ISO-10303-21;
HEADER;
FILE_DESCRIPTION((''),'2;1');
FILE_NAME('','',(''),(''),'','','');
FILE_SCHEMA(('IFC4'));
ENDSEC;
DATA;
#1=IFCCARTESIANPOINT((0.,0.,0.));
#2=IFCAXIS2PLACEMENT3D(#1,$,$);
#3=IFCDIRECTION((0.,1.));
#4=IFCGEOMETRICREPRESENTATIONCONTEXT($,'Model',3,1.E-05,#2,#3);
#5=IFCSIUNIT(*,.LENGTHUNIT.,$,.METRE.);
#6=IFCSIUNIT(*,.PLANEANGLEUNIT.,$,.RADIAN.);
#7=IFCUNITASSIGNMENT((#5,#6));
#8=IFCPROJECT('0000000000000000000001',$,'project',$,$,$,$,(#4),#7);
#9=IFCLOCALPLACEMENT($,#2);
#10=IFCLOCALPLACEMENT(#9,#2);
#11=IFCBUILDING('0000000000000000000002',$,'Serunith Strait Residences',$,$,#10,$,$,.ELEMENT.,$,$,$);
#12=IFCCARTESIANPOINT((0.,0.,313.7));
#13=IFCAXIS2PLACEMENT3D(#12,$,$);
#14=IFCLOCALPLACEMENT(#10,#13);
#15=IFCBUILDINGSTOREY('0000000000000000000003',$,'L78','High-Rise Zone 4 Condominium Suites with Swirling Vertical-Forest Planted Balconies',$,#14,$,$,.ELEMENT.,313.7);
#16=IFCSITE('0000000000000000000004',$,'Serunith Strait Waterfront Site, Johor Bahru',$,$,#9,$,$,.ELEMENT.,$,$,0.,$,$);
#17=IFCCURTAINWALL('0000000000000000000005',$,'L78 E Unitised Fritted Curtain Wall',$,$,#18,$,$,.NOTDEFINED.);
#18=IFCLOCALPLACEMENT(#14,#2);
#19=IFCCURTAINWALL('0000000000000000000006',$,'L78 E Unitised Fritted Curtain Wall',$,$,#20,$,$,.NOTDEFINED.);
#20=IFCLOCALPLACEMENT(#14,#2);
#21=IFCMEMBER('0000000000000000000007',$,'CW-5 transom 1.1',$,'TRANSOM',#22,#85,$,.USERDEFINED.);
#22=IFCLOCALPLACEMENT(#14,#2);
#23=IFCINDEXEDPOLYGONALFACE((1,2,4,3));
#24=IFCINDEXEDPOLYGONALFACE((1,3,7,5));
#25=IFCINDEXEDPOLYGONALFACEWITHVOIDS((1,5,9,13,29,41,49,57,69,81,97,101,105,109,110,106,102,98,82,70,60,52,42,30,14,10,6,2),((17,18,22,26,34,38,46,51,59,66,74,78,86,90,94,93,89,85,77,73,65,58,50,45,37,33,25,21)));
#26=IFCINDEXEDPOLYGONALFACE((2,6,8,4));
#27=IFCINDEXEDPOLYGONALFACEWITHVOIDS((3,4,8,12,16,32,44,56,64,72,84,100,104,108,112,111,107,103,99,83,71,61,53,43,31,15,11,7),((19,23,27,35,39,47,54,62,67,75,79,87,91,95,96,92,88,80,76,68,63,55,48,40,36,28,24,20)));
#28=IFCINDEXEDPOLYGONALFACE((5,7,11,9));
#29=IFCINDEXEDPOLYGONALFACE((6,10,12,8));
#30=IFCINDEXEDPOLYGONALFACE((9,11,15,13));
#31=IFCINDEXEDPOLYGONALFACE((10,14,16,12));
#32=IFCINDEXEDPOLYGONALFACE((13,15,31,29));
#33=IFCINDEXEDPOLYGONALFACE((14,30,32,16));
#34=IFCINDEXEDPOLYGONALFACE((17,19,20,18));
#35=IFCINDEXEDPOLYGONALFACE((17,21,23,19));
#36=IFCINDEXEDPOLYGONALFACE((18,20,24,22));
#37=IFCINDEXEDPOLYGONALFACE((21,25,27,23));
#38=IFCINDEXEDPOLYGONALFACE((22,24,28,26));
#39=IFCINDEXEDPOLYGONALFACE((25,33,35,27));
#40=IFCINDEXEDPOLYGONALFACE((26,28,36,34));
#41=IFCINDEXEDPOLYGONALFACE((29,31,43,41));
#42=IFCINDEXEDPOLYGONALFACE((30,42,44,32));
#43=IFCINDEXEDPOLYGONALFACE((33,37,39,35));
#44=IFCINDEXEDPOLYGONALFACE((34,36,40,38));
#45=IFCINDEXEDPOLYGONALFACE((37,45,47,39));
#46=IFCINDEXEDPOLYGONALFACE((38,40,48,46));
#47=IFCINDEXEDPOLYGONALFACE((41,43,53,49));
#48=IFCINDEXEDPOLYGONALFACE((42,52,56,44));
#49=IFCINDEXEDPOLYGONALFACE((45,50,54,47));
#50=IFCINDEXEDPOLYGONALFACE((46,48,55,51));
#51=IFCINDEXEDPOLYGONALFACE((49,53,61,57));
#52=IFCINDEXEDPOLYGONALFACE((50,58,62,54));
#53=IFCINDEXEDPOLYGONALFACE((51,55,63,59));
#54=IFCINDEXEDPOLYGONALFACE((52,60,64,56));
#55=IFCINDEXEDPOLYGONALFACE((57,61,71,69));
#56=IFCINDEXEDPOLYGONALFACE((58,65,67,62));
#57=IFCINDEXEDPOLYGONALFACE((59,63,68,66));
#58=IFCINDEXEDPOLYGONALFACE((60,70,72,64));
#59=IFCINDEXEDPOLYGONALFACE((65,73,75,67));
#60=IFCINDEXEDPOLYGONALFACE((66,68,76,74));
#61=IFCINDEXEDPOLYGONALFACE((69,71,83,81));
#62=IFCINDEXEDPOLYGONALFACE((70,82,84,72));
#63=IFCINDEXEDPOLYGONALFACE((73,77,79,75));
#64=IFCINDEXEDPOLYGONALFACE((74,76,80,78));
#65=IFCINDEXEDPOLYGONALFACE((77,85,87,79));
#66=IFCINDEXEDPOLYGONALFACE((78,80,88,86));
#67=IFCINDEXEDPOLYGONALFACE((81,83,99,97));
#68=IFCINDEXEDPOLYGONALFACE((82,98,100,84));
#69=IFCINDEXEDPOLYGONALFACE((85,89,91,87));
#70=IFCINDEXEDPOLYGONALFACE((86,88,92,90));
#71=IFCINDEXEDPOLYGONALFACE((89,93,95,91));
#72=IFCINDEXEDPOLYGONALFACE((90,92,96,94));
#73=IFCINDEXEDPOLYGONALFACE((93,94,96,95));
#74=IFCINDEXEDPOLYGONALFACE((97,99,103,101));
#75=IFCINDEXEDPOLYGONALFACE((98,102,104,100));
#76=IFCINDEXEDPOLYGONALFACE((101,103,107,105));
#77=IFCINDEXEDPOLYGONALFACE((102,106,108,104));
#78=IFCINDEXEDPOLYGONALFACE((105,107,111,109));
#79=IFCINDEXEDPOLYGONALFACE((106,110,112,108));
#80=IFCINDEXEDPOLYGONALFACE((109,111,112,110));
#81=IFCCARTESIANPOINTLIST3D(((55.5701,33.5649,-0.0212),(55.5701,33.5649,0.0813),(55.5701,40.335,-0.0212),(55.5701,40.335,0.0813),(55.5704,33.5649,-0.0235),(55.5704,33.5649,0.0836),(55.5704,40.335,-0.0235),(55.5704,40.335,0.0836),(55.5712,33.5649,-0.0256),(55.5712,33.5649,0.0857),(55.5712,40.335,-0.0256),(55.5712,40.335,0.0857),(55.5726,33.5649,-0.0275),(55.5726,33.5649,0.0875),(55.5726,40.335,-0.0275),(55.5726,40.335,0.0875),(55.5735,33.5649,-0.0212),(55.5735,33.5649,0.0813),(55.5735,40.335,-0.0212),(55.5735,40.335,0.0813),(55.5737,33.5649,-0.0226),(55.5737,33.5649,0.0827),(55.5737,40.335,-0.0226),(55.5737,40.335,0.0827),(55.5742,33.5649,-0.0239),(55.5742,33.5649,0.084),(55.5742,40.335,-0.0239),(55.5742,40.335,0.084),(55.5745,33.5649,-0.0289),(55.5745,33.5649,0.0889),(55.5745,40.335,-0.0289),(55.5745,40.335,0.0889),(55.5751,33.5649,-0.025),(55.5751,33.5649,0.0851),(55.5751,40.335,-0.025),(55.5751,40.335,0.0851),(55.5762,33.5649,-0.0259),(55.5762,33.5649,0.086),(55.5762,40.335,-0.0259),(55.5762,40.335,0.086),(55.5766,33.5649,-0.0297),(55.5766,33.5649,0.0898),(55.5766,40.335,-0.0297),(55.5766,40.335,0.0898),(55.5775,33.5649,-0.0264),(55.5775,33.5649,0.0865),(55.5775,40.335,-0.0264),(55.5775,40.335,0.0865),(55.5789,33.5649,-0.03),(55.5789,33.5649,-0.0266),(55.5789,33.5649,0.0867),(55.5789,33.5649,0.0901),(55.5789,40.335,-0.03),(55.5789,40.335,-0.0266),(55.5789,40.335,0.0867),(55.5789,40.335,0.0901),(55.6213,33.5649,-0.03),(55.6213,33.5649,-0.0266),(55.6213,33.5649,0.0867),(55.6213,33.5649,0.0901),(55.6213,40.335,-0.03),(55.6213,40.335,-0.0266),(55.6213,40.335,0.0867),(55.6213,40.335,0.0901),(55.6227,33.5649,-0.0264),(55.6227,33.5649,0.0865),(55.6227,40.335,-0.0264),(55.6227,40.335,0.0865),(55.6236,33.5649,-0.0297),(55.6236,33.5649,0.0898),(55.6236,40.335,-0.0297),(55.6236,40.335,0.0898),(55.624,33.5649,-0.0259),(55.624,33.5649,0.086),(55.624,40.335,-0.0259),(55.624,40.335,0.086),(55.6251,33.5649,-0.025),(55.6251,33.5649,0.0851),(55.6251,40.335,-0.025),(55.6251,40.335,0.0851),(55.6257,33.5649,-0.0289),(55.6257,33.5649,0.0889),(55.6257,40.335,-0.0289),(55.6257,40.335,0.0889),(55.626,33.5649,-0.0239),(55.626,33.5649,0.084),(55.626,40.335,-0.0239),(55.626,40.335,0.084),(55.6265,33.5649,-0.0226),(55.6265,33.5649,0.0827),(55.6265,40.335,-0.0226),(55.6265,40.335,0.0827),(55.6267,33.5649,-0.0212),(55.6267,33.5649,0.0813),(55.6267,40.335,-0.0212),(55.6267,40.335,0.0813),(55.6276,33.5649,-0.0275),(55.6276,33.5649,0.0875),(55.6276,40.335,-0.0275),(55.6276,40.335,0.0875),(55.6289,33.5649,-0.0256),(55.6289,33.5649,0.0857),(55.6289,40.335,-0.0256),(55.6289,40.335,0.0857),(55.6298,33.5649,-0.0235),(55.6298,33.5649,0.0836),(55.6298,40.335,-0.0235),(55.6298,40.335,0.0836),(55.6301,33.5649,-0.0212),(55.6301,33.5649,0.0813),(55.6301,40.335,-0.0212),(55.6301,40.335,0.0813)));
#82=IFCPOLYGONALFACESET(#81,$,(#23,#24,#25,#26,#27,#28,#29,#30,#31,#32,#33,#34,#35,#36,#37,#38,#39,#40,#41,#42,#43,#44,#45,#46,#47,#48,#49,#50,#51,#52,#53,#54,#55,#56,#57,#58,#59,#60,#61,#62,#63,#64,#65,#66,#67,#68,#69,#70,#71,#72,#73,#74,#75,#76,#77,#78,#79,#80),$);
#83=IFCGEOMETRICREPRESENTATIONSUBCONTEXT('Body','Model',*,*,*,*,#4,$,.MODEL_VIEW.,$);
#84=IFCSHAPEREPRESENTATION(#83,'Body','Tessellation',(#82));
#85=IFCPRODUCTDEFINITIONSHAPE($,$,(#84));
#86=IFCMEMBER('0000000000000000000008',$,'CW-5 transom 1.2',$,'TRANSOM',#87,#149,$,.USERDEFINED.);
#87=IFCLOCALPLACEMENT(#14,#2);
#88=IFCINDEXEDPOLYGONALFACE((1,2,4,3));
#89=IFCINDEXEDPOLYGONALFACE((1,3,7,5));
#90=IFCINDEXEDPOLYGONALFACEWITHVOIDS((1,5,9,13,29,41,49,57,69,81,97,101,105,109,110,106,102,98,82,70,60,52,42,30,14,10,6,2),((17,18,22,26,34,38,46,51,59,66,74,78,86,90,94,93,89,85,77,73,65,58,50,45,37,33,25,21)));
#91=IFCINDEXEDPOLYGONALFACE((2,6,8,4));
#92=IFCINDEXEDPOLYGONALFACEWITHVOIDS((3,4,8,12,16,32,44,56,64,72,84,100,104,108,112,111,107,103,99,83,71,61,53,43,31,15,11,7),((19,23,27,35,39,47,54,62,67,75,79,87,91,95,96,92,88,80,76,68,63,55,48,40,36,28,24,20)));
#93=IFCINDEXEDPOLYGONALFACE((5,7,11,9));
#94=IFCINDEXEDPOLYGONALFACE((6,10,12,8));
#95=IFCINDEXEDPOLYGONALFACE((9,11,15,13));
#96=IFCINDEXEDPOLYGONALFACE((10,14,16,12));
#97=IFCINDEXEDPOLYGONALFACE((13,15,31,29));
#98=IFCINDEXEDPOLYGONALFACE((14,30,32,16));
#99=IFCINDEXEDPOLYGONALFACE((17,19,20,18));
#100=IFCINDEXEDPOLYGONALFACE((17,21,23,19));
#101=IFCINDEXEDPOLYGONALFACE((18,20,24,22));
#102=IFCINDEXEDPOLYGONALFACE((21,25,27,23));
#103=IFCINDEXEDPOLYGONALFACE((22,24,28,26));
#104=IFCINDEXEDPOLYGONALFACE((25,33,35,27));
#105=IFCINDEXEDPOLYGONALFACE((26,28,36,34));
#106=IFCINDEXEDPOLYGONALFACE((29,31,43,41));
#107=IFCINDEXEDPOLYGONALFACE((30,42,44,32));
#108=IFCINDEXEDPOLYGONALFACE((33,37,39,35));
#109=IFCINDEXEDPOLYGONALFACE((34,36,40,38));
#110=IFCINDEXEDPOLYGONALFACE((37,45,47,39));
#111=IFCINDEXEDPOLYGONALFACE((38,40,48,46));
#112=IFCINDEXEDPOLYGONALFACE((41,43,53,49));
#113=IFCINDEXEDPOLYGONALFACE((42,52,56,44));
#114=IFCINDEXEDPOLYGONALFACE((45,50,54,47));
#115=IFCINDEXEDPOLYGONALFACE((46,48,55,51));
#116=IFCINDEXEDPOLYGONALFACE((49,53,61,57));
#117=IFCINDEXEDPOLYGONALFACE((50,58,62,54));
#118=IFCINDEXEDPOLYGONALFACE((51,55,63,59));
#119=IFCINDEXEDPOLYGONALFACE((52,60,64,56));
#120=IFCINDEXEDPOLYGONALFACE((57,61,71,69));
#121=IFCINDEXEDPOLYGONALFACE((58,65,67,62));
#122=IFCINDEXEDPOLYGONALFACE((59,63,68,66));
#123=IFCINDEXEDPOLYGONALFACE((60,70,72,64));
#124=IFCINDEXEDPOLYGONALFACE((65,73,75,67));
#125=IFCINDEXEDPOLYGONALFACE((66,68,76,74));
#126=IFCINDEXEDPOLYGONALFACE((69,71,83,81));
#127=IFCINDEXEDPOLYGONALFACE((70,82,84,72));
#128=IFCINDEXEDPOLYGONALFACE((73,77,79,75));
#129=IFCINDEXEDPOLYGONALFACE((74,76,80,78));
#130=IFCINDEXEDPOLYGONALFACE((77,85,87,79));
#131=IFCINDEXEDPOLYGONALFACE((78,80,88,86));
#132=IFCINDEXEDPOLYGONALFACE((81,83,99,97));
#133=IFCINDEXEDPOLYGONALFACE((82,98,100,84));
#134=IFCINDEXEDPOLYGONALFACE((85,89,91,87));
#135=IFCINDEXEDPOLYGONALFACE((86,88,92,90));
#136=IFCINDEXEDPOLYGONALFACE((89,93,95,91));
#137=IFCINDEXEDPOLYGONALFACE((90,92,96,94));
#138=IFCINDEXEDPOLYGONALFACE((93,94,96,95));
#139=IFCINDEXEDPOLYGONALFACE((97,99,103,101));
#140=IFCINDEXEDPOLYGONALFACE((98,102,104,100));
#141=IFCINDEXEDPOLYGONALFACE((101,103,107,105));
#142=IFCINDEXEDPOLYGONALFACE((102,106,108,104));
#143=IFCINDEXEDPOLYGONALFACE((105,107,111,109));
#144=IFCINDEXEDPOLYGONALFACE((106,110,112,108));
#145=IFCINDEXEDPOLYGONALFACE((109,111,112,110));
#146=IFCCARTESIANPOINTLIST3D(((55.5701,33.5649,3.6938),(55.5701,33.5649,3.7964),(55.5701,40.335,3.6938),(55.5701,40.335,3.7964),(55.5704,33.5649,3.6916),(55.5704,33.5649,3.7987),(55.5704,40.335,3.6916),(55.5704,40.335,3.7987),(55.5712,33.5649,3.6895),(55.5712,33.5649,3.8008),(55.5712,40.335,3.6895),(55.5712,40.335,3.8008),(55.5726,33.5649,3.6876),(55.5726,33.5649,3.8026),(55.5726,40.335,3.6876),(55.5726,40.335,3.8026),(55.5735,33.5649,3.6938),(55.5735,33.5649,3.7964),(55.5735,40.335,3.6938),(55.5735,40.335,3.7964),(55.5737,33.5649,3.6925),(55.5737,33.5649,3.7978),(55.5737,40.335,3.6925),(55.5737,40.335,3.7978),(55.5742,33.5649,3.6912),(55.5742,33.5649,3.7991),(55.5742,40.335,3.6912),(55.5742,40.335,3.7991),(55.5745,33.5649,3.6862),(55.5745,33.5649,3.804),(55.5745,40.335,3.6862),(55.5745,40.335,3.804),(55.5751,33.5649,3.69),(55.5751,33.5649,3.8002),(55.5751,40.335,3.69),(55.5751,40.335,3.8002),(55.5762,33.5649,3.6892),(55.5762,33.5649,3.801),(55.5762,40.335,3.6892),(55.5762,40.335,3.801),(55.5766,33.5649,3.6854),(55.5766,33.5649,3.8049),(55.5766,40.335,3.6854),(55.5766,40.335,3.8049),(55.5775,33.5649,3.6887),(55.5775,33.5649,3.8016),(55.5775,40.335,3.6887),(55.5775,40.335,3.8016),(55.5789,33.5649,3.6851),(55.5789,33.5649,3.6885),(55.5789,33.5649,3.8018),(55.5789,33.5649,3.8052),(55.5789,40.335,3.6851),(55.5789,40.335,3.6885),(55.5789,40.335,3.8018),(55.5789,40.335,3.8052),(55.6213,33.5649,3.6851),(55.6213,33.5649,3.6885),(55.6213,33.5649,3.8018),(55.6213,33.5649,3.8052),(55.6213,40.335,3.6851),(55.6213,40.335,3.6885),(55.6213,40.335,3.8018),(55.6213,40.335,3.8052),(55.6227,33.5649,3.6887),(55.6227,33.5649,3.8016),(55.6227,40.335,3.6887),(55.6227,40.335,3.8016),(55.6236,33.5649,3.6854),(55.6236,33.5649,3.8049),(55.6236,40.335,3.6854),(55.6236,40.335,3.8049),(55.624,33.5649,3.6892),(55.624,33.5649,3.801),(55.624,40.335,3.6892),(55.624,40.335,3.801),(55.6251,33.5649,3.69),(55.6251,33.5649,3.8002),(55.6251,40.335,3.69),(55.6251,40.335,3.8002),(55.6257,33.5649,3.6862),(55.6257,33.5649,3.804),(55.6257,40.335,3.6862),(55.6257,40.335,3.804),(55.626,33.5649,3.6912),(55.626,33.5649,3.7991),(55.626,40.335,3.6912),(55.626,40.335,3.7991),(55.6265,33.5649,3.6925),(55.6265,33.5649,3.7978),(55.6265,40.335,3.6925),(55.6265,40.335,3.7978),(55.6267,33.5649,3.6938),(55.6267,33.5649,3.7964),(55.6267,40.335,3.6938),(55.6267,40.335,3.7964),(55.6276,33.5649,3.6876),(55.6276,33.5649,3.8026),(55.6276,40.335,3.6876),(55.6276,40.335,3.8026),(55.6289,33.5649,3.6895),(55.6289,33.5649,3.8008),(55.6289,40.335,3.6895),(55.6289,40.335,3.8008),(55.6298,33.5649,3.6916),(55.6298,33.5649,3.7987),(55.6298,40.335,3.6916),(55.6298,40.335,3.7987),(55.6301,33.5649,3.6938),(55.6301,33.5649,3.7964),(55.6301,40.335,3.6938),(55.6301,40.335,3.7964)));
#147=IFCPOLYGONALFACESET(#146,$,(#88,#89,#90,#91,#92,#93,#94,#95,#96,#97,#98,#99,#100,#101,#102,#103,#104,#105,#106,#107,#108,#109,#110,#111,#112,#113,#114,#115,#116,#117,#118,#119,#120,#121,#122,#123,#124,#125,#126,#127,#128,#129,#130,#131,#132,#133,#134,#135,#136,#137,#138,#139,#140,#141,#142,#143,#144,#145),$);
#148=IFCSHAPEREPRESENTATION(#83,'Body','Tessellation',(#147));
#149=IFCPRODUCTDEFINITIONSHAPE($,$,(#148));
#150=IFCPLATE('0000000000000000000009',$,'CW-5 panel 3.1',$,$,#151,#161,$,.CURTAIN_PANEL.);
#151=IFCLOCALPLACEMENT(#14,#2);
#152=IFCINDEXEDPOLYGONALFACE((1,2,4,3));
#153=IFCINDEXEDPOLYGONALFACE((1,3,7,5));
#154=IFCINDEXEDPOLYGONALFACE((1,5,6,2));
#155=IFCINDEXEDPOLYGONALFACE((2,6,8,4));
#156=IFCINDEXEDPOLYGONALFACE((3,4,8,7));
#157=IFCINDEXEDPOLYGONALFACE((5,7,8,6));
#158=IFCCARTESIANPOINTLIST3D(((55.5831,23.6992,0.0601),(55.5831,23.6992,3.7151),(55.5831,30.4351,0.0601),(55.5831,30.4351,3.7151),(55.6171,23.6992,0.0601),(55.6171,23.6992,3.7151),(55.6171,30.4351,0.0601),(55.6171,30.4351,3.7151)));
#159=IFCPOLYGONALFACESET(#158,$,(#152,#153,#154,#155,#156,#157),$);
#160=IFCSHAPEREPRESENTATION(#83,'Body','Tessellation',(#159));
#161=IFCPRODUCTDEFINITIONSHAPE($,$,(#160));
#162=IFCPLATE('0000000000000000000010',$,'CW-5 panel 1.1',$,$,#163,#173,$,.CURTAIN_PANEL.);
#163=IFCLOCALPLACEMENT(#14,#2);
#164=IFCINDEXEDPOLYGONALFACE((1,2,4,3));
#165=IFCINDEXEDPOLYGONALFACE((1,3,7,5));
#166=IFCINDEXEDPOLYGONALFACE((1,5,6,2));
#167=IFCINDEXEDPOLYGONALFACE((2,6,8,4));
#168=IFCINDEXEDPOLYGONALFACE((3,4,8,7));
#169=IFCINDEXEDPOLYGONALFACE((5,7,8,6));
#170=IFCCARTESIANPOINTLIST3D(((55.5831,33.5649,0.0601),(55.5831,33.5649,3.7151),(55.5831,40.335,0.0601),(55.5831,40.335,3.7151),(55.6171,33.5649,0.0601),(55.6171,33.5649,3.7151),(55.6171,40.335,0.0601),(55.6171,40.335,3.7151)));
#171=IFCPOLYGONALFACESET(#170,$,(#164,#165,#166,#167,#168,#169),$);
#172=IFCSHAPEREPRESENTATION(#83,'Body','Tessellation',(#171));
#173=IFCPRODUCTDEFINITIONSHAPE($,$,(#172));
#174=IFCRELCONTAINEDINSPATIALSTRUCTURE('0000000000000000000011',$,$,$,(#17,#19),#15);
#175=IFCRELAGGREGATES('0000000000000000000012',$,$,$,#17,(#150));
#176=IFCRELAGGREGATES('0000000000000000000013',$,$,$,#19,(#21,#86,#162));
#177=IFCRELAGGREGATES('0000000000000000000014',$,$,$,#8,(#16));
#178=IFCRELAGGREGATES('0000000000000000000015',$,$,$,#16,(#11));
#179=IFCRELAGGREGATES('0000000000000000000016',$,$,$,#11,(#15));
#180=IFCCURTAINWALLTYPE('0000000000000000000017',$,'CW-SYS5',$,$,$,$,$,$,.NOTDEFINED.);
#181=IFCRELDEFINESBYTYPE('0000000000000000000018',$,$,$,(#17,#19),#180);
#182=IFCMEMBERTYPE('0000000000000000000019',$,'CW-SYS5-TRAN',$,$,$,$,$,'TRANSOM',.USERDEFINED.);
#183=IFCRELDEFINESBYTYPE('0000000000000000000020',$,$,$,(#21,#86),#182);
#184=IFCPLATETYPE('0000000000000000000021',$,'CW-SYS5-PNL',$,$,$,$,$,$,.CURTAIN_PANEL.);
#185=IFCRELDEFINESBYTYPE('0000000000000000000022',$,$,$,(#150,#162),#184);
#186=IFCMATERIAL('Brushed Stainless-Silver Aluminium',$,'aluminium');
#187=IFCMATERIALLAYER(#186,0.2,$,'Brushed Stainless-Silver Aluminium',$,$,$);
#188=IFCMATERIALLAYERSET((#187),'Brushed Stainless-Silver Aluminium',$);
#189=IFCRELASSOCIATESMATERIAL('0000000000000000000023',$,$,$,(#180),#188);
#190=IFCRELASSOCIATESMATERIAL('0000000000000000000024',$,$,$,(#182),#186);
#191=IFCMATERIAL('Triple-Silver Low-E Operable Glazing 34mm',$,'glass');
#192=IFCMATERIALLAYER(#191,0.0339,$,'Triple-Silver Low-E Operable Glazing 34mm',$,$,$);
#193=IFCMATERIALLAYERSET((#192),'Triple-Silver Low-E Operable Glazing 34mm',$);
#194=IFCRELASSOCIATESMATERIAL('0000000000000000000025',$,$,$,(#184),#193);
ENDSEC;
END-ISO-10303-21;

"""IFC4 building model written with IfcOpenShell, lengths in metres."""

from ifc_helpers import new_model, si_unit, direction, frame, origin, origin_2d, place, context, subcontext, project, spatial, rectangle, hollow_rectangle, extrude, source, transform, mapped, material, layer, layer_set, material_profile, profile_set, type_object, element, aggregate, save


model = new_model("IFC4")

# Units and contexts
model_context = context("Model", 3, precision=1e-05, world=origin(), true_north=direction((0.0, 1.0)))
body_context = subcontext(model_context, "Body", "Model", "MODEL_VIEW")
ifc_project = project(units=[si_unit("LENGTHUNIT", "METRE"), si_unit("PLANEANGLEUNIT", "RADIAN")], contexts=[model_context])

# Site, building, storey
site_placement = place(None, origin())
site = spatial("IfcSite", under=ifc_project, at=site_placement, Name="Serunith Strait Waterfront Site, Johor Bahru", CompositionType="ELEMENT", RefElevation=0.0)
building_placement = place(site_placement, origin())
building = spatial("IfcBuilding", under=site, at=building_placement, Name="Serunith Strait Residences", CompositionType="ELEMENT")
storey_placement = place(building_placement, frame((0.0, 0.0, 313.7)))
storey = spatial("IfcBuildingStorey", under=building, at=storey_placement, Name="L78", Description="High-Rise Zone 4 Condominium Suites with Swirling Vertical-Forest Planted Balconies", CompositionType="ELEMENT", Elevation=313.7)

# Curtain wall
ifc_material_1 = material(Name="Brushed Stainless-Silver Aluminium", Category="aluminium")
ifc_layer_1 = layer(ifc_material_1, 0.2, Name="Brushed Stainless-Silver Aluminium")
ifc_layer_set_1 = layer_set([ifc_layer_1], Name="Brushed Stainless-Silver Aluminium")
curtain_wall_type = type_object("IfcCurtainWallType", Name="CW-SYS5", PredefinedType="NOTDEFINED", material=ifc_layer_set_1)
curtain_wall_1_placement = place(storey_placement, origin())
curtain_wall_1 = element("IfcCurtainWall", 1, at=curtain_wall_1_placement, inside=storey, type_object=curtain_wall_type, Name="L78 E Unitised Fritted Curtain Wall", PredefinedType="NOTDEFINED")

# Curtain wall, members
curtain_wall_2_placement = place(storey_placement, origin())
curtain_wall_2 = element("IfcCurtainWall", 2, at=curtain_wall_2_placement, inside=storey, type_object=curtain_wall_type, Name="L78 E Unitised Fritted Curtain Wall", PredefinedType="NOTDEFINED")
ifc_material_profile_1 = material_profile(ifc_material_1, hollow_rectangle(XDim=0.0601, YDim=0.1201, WallThickness=0.0034, InnerFilletRadius=0.0054, OuterFilletRadius=0.0088, at=origin_2d()), Name="ALU 120x60x3.5")
ifc_profile_set_1 = profile_set([ifc_material_profile_1], Name="Brushed Stainless-Silver Aluminium")
member_type_1 = type_object("IfcMemberType", Name="CW-SYS5-TRAN", ElementType="TRANSOM", PredefinedType="USERDEFINED", material=ifc_profile_set_1)
shared_shape_1 = source(origin(), body_context, "Body", "SweptSolid", [
    extrude(hollow_rectangle(XDim=0.0601, YDim=0.1201, WallThickness=0.0034, InnerFilletRadius=0.0054, OuterFilletRadius=0.0088, at=origin_2d()), origin(), (0.0, 0.0, 1.0), 6.77),
])
member_1_placement = place(storey_placement, frame((55.6001, 33.5649, 0.03), z_axis=(0.0, 1.0, 0.0), x_axis=(-1.0, 0.0, 0.0)))
member_1 = element("IfcMember", 3, at=member_1_placement, type_object=member_type_1, Name="CW-5 transom 1.1", ObjectType="TRANSOM", PredefinedType="USERDEFINED", context=body_context, shape_type="MappedRepresentation", body=[
    mapped(shared_shape_1, transform((0.0, 0.0, 0.0), scale=1.0)),
])
member_2_placement = place(storey_placement, frame((55.6001, 33.5649, 3.7451), z_axis=(0.0, 1.0, 0.0), x_axis=(-1.0, 0.0, 0.0)))
member_2 = element("IfcMember", 4, at=member_2_placement, type_object=member_type_1, Name="CW-5 transom 1.2", ObjectType="TRANSOM", PredefinedType="USERDEFINED", context=body_context, shape_type="MappedRepresentation", body=[
    mapped(shared_shape_1, transform((0.0, 0.0, 0.0), scale=1.0)),
])

# Plates
ifc_material_2 = material(Name="Triple-Silver Low-E Operable Glazing 34mm", Category="glass")
ifc_layer_2 = layer(ifc_material_2, 0.0339, Name="Triple-Silver Low-E Operable Glazing 34mm")
ifc_layer_set_2 = layer_set([ifc_layer_2], Name="Triple-Silver Low-E Operable Glazing 34mm")
plate_type = type_object("IfcPlateType", Name="CW-SYS5-PNL", PredefinedType="CURTAIN_PANEL", material=ifc_layer_set_2)
shared_shape_2 = source(origin(), body_context, "Body", "SweptSolid", [
    extrude(rectangle(XDim=6.7358, YDim=0.0339, at=origin_2d()), origin(), (0.0, 0.0, 1.0), 3.655),
])
plate_1_placement = place(storey_placement, frame((55.6001, 27.0671, 0.0601), z_axis=(0.0, 0.0, 1.0), x_axis=(0.0, 1.0, 0.0)))
plate_1 = element("IfcPlate", 5, at=plate_1_placement, type_object=plate_type, Name="CW-5 panel 3.1", PredefinedType="CURTAIN_PANEL", context=body_context, shape_type="MappedRepresentation", body=[
    mapped(shared_shape_2, transform((0.0, 0.0, 0.0), scale=1.0)),
])
aggregate(curtain_wall_1, [plate_1])
shared_shape_3 = source(origin(), body_context, "Body", "SweptSolid", [
    extrude(rectangle(XDim=6.77, YDim=0.0339, at=origin_2d()), origin(), (0.0, 0.0, 1.0), 3.655),
])
plate_2_placement = place(storey_placement, frame((55.6001, 36.95, 0.0601), z_axis=(0.0, 0.0, 1.0), x_axis=(0.0, 1.0, 0.0)))
plate_2 = element("IfcPlate", 6, at=plate_2_placement, type_object=plate_type, Name="CW-5 panel 1.1", PredefinedType="CURTAIN_PANEL", context=body_context, shape_type="MappedRepresentation", body=[
    mapped(shared_shape_3, transform((0.0, 0.0, 0.0), scale=1.0)),
])
aggregate(curtain_wall_2, [member_1, member_2, plate_2])

save(model, "model.ifc")
